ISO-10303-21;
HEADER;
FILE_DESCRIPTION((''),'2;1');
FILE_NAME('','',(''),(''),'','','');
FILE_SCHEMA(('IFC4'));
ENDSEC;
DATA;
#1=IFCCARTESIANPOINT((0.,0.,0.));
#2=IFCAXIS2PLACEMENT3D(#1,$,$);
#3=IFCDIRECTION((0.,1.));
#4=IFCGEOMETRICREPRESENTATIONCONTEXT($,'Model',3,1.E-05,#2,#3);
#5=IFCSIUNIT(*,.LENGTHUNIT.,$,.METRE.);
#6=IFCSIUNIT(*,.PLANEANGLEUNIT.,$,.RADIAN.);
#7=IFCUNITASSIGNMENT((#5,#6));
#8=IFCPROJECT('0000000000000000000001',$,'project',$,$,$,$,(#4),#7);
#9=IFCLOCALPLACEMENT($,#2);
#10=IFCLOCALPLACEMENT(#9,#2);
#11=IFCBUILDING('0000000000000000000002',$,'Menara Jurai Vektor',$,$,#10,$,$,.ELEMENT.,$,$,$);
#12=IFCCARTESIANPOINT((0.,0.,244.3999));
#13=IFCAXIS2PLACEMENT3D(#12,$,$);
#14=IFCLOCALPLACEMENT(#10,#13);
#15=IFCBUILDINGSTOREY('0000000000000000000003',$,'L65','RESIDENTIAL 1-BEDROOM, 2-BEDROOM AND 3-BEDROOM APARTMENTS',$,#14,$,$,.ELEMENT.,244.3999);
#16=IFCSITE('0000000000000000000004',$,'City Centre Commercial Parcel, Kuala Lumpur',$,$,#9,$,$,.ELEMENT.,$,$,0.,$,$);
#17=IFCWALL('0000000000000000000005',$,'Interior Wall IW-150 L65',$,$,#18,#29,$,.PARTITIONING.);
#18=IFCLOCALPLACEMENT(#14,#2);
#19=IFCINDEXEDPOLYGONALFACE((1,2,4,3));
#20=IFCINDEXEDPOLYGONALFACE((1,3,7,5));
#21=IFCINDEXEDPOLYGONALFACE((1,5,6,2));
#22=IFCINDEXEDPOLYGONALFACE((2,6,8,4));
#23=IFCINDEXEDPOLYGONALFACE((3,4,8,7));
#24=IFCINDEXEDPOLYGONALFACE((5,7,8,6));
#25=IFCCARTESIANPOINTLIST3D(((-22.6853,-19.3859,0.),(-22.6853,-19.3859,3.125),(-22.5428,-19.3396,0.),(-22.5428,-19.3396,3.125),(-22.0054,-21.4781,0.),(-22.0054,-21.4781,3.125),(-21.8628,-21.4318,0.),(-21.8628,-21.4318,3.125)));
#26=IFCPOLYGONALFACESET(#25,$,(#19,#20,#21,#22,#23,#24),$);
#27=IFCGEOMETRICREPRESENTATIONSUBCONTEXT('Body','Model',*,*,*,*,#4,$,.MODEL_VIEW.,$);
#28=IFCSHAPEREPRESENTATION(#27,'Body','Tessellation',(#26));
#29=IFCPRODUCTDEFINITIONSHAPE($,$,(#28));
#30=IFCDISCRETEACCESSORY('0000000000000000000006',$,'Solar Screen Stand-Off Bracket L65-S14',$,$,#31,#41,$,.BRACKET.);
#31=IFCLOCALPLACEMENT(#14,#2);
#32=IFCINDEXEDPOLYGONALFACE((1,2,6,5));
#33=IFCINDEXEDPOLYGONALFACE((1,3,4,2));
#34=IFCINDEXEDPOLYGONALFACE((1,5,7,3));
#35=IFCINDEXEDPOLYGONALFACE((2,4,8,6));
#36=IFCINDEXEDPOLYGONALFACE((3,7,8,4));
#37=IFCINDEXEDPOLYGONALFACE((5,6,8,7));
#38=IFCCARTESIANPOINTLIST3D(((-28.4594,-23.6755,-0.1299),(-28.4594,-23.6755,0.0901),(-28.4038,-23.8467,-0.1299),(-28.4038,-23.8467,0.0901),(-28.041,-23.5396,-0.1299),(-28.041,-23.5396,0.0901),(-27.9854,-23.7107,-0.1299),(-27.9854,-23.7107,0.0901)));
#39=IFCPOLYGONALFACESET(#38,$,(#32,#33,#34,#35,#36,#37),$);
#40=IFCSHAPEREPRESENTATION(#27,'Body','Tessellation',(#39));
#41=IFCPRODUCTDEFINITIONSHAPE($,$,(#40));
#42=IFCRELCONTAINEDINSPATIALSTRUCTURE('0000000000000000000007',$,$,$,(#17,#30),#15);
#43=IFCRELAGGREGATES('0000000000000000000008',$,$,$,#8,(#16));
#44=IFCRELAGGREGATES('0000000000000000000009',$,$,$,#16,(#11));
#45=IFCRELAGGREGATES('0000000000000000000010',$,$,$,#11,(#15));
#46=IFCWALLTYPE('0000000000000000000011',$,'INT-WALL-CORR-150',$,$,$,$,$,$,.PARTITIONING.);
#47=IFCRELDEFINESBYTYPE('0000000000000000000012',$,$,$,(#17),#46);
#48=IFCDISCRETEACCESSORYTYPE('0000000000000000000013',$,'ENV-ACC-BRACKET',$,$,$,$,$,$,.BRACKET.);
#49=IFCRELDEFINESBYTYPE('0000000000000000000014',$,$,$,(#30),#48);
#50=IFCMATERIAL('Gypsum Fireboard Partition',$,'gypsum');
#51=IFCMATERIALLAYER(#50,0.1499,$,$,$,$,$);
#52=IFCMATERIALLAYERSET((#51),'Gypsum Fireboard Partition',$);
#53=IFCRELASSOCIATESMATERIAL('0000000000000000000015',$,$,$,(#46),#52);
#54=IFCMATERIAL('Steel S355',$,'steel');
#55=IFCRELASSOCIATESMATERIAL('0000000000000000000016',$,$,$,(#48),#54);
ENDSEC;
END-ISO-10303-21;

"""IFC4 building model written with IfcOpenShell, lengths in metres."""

from ifc_helpers import new_model, si_unit, direction, frame, frame_2d, origin, origin_2d, place, context, subcontext, project, spatial, rectangle, extrude, material, layer, layer_set, type_object, element, save


model = new_model("IFC4")

# Units and contexts
model_context = context("Model", 3, precision=1e-05, world=origin(), true_north=direction((0.0, 1.0)))
body_context = subcontext(model_context, "Body", "Model", "MODEL_VIEW")
ifc_project = project(units=[si_unit("LENGTHUNIT", "METRE"), si_unit("PLANEANGLEUNIT", "RADIAN")], contexts=[model_context])

# Site, building, storey
site_placement = place(None, origin())
site = spatial("IfcSite", under=ifc_project, at=site_placement, Name="City Centre Commercial Parcel, Kuala Lumpur", CompositionType="ELEMENT", RefElevation=0.0)
building_placement = place(site_placement, origin())
building = spatial("IfcBuilding", under=site, at=building_placement, Name="Menara Jurai Vektor", CompositionType="ELEMENT")
storey_placement = place(building_placement, frame((0.0, 0.0, 244.3999)))
storey = spatial("IfcBuildingStorey", under=building, at=storey_placement, Name="L65", Description="RESIDENTIAL 1-BEDROOM, 2-BEDROOM AND 3-BEDROOM APARTMENTS", CompositionType="ELEMENT", Elevation=244.3999)

# Shared definitions
ifc_material_1 = material(Name="Steel S355", Category="steel")

# Shared definitions
ifc_material_2 = material(Name="Gypsum Fireboard Partition", Category="gypsum")
ifc_layer_1 = layer(ifc_material_2, 0.1499)
ifc_layer_set_1 = layer_set([ifc_layer_1], Name="Gypsum Fireboard Partition")
wall_type = type_object("IfcWallType", Name="INT-WALL-CORR-150", PredefinedType="PARTITIONING", material=ifc_layer_set_1)

# Wall
wall_1_placement = place(storey_placement, frame((-21.9341, -21.4551, 0.0), z_axis=(0.0, 0.0, 1.0), x_axis=(-0.309061, 0.951042, 0.0)))
element("IfcWall", 1, at=wall_1_placement, inside=storey, type_object=wall_type, Name="Interior Wall IW-150 L65", PredefinedType="PARTITIONING", context=body_context, shape_type="SweptSolid", body=[
    extrude(rectangle(XDim=2.2, YDim=0.1499, at=frame_2d((1.1001, 0.0))), origin(), (0.0, 0.0, 1.0), 3.125),
])

# Discrete accessory
discrete_accessory_type = type_object("IfcDiscreteAccessoryType", Name="ENV-ACC-BRACKET", PredefinedType="BRACKET", material=ifc_material_1)
discrete_accessory_placement = place(storey_placement, frame((-28.2224, -23.6931, -0.1299), z_axis=(0.0, 0.0, 1.0), x_axis=(0.309017, -0.951057, 0.0)))
element("IfcDiscreteAccessory", 2, at=discrete_accessory_placement, inside=storey, type_object=discrete_accessory_type, Name="Solar Screen Stand-Off Bracket L65-S14", PredefinedType="BRACKET", context=body_context, shape_type="SweptSolid", body=[
    extrude(rectangle(XDim=0.1799, YDim=0.4399, at=origin_2d()), origin(), (0.0, 0.0, 1.0), 0.22),
])

save(model, "model.ifc")
